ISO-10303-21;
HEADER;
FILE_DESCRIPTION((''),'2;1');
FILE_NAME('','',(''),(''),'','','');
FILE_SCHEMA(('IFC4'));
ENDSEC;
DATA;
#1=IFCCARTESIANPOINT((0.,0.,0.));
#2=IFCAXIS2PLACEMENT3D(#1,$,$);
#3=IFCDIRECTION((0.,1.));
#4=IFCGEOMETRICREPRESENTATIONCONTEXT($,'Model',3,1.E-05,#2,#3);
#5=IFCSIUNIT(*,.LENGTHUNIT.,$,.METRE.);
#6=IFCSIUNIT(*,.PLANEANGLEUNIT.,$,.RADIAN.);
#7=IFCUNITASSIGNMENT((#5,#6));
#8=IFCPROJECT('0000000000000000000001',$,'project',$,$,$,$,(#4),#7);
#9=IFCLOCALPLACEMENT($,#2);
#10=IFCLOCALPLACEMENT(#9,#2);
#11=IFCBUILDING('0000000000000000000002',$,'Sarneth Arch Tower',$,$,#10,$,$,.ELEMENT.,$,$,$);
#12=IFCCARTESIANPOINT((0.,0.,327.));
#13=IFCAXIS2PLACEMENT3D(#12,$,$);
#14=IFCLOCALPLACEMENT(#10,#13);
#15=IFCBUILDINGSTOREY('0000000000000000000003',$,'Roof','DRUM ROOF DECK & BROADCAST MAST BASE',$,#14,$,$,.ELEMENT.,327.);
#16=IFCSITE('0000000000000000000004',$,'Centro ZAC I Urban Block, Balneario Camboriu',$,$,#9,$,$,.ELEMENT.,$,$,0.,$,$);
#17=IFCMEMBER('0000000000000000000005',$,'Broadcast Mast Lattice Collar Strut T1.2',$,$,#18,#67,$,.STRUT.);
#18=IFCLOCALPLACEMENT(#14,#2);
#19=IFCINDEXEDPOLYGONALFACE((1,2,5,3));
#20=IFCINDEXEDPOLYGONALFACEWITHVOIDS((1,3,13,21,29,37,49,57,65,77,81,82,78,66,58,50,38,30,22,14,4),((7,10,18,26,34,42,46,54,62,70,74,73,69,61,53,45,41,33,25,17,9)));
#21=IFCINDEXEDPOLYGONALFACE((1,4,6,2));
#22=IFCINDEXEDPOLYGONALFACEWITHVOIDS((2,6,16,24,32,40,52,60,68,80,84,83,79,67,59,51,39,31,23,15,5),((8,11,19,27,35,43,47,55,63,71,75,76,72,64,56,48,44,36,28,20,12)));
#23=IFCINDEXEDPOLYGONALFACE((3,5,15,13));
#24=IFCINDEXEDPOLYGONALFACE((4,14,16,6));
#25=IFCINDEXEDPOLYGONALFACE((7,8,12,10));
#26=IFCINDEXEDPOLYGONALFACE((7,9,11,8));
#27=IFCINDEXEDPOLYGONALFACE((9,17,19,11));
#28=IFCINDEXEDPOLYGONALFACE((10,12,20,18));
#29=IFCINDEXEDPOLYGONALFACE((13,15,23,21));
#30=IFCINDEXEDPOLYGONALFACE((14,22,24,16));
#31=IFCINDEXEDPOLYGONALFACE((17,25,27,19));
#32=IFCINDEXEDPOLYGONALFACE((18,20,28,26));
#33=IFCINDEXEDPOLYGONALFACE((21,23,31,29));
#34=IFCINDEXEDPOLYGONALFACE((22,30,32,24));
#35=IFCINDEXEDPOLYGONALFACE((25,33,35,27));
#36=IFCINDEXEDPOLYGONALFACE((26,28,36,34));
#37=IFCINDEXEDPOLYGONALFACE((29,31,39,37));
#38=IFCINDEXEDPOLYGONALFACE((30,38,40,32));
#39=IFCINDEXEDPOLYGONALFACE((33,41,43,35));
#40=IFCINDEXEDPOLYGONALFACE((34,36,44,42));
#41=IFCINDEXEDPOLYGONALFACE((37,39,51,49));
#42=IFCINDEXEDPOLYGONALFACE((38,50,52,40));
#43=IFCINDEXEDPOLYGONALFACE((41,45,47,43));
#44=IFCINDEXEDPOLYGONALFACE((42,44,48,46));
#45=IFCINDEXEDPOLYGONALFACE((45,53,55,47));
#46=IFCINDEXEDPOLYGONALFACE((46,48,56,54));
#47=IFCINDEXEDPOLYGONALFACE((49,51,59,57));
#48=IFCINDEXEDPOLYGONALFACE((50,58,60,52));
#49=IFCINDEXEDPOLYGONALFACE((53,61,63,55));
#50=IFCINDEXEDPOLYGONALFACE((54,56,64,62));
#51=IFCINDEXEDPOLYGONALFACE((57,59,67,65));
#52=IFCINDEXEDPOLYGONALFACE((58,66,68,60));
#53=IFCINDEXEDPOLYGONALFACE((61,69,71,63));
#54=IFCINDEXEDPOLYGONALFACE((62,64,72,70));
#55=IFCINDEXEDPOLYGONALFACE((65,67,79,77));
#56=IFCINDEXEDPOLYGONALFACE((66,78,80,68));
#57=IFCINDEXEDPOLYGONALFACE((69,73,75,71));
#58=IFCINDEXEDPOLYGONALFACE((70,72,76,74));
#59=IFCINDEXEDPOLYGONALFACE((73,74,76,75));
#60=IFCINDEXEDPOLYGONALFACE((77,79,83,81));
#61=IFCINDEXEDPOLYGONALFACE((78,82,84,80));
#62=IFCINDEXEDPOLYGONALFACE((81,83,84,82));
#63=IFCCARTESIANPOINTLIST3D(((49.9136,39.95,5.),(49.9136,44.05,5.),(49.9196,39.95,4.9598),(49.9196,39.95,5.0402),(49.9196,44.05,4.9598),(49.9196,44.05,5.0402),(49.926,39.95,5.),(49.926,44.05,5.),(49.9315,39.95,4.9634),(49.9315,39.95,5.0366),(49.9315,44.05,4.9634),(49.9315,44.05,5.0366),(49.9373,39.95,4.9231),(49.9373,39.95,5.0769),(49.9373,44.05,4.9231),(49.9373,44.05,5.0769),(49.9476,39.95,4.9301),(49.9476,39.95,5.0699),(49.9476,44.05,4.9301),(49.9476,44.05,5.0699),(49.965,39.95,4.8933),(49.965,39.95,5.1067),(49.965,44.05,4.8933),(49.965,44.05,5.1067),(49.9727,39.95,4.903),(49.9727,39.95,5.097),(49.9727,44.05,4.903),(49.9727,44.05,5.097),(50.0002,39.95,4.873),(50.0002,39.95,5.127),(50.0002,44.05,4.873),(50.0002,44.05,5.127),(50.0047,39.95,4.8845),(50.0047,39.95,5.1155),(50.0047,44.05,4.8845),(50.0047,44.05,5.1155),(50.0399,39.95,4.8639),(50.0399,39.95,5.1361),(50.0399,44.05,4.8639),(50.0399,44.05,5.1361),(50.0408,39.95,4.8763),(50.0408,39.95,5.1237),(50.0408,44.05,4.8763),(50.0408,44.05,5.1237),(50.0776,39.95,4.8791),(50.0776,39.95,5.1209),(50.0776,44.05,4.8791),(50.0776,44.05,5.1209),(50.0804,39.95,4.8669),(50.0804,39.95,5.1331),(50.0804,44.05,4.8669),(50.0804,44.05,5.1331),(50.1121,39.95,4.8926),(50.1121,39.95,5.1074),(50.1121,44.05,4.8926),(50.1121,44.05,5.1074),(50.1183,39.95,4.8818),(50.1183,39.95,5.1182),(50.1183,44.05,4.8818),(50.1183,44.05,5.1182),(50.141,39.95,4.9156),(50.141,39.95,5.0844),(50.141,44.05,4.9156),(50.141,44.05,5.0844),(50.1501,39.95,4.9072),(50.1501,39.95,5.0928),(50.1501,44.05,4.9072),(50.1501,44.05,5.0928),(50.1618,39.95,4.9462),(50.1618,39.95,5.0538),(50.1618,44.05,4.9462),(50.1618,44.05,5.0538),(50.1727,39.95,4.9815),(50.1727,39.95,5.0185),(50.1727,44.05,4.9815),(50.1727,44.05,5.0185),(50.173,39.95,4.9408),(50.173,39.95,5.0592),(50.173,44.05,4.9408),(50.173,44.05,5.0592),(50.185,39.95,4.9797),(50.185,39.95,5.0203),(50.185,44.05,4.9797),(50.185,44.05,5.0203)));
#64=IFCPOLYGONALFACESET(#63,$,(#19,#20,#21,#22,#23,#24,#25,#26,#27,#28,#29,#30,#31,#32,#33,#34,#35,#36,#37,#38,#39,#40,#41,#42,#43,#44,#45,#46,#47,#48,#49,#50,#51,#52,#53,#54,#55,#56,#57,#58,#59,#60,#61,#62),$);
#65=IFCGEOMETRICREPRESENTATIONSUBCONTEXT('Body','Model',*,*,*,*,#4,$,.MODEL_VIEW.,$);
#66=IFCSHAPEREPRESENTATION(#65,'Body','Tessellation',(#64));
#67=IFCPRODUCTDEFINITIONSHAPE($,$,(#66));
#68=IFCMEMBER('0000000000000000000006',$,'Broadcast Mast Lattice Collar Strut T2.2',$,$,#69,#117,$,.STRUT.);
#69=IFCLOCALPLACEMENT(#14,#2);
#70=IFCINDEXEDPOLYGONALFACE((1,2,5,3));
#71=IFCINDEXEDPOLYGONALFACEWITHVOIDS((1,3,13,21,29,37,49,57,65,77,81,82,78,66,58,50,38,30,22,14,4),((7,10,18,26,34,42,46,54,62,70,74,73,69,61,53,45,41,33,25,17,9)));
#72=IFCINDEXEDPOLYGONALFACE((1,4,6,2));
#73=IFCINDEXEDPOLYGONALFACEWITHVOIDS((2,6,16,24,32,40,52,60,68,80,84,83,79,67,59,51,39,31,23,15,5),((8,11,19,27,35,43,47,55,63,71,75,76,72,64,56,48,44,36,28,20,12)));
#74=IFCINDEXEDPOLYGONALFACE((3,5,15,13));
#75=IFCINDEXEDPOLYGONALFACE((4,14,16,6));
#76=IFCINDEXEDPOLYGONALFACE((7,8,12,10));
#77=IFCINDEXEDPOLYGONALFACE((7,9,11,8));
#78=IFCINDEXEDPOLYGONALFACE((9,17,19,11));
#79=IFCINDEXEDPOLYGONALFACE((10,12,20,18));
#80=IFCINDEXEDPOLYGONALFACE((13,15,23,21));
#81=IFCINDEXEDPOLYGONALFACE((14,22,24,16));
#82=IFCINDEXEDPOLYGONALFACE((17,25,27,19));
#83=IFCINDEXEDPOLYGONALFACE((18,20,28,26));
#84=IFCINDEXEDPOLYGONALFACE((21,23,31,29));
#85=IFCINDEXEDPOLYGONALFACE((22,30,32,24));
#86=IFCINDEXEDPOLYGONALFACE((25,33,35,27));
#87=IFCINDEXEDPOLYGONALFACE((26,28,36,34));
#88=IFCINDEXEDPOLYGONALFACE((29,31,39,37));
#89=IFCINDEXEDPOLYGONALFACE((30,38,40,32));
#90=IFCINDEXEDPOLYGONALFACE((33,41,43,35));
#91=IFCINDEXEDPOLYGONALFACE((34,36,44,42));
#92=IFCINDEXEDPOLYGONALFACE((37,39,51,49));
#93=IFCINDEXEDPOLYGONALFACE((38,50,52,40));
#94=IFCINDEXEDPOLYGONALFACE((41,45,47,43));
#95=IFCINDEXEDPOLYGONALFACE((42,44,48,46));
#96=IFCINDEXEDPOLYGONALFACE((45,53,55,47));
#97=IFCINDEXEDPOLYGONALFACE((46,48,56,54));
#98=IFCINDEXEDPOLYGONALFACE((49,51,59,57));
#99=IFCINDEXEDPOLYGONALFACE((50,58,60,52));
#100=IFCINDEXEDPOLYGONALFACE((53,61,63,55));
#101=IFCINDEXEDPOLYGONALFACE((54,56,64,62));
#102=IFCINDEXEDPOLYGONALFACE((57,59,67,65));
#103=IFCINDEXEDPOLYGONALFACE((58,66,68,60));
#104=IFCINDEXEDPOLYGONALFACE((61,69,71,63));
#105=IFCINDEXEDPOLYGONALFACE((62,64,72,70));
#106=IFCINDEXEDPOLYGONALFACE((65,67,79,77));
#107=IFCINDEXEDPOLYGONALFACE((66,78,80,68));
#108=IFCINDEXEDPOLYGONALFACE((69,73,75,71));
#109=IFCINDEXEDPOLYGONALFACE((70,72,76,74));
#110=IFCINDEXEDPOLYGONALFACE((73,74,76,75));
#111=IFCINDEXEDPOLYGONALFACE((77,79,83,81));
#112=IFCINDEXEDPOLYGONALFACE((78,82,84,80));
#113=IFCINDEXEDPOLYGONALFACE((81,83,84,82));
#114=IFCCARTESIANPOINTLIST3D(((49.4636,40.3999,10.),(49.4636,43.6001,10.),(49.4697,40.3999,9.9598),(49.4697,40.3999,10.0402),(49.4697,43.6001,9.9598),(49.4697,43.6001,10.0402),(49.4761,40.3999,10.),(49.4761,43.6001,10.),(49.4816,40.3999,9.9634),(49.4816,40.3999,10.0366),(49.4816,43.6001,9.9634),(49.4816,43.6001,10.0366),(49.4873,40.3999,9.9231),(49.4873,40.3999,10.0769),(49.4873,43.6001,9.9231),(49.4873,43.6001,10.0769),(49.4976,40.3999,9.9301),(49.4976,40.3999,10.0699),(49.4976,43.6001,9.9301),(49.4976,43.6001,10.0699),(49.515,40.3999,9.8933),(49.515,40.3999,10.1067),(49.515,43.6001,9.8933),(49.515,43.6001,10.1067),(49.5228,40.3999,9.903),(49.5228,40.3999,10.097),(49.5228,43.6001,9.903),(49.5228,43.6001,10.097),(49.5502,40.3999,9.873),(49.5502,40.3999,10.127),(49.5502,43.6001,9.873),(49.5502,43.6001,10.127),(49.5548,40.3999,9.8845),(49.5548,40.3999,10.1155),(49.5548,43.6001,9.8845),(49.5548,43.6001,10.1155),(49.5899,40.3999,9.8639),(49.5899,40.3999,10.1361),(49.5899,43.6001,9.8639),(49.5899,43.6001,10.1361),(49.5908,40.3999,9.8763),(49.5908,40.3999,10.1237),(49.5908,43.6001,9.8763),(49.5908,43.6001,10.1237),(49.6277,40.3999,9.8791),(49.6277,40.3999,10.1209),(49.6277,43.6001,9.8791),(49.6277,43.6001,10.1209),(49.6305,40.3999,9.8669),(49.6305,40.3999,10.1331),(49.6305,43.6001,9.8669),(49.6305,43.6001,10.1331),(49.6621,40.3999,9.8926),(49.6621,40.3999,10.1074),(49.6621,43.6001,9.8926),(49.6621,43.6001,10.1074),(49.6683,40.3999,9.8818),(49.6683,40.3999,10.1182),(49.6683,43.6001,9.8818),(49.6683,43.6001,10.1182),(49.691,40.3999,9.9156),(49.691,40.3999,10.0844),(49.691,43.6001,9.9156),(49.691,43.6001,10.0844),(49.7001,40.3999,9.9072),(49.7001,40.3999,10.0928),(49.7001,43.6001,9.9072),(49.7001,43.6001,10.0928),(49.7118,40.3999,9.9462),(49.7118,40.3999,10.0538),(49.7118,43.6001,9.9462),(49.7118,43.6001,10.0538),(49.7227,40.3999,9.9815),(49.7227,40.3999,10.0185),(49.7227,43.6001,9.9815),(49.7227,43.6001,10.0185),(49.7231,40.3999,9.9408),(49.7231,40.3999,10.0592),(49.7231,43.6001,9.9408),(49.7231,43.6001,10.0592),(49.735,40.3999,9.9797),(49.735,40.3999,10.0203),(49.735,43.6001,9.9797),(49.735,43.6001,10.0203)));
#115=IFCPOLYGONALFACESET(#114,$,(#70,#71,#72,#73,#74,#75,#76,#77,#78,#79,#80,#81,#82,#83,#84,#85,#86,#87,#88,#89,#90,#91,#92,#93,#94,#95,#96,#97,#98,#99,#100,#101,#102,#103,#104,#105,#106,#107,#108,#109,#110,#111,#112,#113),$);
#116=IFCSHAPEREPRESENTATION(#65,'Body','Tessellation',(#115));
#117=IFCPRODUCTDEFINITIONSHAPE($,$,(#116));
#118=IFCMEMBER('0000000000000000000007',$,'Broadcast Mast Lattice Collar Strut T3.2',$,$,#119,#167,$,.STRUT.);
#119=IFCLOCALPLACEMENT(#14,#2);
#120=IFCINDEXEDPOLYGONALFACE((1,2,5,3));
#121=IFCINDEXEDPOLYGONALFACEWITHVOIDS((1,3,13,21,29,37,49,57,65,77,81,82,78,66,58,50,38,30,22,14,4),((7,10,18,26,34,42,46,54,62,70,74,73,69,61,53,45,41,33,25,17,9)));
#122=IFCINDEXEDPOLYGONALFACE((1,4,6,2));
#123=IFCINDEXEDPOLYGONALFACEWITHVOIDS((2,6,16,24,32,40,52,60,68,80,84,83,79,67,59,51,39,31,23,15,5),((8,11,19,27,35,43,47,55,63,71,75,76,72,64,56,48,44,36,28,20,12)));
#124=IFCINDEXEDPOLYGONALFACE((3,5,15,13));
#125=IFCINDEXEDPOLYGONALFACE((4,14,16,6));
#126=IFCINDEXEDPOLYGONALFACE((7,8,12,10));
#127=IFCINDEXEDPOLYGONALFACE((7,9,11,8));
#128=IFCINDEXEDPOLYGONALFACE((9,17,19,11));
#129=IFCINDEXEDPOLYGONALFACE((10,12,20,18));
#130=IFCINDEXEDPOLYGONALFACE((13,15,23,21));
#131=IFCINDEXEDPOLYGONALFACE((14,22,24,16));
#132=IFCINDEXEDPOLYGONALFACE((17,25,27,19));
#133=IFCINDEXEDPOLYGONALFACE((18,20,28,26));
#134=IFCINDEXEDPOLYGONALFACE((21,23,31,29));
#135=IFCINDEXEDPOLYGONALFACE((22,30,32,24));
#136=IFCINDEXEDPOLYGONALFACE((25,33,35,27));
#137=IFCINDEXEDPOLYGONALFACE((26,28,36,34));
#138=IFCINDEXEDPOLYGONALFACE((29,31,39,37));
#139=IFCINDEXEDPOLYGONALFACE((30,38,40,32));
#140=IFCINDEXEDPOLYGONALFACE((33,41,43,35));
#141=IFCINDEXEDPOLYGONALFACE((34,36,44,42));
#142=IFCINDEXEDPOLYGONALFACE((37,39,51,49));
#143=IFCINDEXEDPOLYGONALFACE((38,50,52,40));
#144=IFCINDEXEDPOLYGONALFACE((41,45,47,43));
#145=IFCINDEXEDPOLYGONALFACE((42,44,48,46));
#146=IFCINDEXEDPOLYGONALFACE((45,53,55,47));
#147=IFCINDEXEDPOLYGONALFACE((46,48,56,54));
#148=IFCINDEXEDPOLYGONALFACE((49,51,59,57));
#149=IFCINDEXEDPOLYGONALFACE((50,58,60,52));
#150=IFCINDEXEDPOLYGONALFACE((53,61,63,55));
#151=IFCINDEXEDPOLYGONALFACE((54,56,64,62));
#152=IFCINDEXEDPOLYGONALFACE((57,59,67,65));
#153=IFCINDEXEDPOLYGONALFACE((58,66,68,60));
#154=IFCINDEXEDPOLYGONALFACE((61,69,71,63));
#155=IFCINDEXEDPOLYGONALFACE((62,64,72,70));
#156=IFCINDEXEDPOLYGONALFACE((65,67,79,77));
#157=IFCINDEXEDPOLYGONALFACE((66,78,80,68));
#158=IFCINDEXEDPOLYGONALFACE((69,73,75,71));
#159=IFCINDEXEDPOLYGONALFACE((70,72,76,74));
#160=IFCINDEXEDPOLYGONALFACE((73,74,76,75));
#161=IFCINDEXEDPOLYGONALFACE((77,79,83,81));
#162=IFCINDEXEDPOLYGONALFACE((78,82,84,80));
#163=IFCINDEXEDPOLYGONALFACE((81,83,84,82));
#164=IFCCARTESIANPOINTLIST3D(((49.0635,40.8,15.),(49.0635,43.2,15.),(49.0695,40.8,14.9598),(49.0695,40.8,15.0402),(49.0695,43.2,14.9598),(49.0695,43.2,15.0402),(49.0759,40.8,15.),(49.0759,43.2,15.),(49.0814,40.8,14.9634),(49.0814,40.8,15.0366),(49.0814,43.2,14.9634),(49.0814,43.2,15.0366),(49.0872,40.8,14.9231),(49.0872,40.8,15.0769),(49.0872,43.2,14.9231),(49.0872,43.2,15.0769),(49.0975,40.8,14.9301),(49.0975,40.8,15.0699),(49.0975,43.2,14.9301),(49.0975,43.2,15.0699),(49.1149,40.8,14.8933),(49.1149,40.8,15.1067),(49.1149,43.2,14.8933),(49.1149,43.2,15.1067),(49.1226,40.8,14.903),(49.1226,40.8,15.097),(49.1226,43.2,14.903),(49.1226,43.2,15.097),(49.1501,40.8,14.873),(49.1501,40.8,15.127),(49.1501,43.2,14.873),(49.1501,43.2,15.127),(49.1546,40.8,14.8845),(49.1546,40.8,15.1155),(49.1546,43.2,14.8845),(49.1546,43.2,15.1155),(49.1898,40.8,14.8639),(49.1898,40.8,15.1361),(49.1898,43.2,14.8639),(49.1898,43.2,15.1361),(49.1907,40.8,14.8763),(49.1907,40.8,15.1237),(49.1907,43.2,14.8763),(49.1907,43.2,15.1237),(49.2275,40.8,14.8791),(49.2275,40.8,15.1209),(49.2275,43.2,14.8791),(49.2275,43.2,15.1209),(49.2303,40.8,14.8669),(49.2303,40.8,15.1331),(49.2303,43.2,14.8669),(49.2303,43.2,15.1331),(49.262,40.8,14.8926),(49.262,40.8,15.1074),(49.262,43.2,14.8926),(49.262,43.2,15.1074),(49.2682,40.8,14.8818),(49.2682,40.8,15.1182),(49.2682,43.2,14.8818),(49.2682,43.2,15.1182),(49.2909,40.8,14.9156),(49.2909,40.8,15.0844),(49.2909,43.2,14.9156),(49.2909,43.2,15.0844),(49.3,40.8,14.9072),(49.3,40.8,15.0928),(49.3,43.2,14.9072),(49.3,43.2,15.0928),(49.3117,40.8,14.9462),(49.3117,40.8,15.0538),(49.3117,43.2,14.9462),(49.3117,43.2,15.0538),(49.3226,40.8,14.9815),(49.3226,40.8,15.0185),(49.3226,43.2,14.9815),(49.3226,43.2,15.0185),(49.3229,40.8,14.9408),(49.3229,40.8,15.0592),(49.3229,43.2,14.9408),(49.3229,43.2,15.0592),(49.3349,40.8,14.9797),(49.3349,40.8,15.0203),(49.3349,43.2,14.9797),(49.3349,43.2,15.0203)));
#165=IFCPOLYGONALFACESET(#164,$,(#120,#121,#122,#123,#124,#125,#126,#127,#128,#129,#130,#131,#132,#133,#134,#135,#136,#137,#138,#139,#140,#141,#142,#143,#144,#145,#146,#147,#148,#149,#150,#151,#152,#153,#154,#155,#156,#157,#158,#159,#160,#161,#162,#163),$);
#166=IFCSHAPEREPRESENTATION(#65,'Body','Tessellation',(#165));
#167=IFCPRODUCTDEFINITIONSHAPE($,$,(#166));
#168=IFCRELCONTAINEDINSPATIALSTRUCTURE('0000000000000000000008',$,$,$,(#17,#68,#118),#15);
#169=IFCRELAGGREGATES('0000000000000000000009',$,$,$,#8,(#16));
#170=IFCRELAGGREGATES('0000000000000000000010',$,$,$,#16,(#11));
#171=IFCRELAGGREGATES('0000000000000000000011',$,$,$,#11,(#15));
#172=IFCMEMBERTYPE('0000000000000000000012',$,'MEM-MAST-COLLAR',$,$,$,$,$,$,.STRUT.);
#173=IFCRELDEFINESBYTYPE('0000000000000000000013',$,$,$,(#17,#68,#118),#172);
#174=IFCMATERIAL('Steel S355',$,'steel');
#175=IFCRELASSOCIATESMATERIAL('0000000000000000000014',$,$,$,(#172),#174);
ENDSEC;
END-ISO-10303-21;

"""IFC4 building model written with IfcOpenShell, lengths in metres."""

from ifc_helpers import new_model, si_unit, direction, frame, origin, origin_2d, place, context, subcontext, project, spatial, hollow_circle, extrude, material, material_profile, profile_set, type_object, element, save


model = new_model("IFC4")

# Units and contexts
model_context = context("Model", 3, precision=1e-05, world=origin(), true_north=direction((0.0, 1.0)))
body_context = subcontext(model_context, "Body", "Model", "MODEL_VIEW")
ifc_project = project(units=[si_unit("LENGTHUNIT", "METRE"), si_unit("PLANEANGLEUNIT", "RADIAN")], contexts=[model_context])

# Site, building, storey
site_placement = place(None, origin())
site = spatial("IfcSite", under=ifc_project, at=site_placement, Name="Centro ZAC I Urban Block, Balneario Camboriu", CompositionType="ELEMENT", RefElevation=0.0)
building_placement = place(site_placement, origin())
building = spatial("IfcBuilding", under=site, at=building_placement, Name="Sarneth Arch Tower", CompositionType="ELEMENT")
storey_placement = place(building_placement, frame((0.0, 0.0, 327.0)))
storey = spatial("IfcBuildingStorey", under=building, at=storey_placement, Name="Roof", Description="DRUM ROOF DECK & BROADCAST MAST BASE", CompositionType="ELEMENT", Elevation=327.0)

# Members
ifc_material_1 = material(Name="Steel S355", Category="steel")
ifc_material_profile_1 = material_profile(ifc_material_1, hollow_circle(Radius=0.1365, WallThickness=0.0125, at=origin_2d()), Name="CHS273x12.5")
ifc_profile_set_1 = profile_set([ifc_material_profile_1], Name="Steel S355")
member_type_1 = type_object("IfcMemberType", Name="MEM-MAST-COLLAR", PredefinedType="STRUT", material=ifc_profile_set_1)
member_1_placement = place(storey_placement, frame((50.05, 39.95, 5.0), z_axis=(0.0, 1.0, 0.0), x_axis=(-1.0, 0.0, 0.0)))
element("IfcMember", 1, at=member_1_placement, inside=storey, type_object=member_type_1, Name="Broadcast Mast Lattice Collar Strut T1.2", PredefinedType="STRUT", context=body_context, shape_type="SweptSolid", body=[
    extrude(hollow_circle(Radius=0.1365, WallThickness=0.0125, at=origin_2d()), origin(), (0.0, 0.0, 1.0), 4.1001),
])
member_2_placement = place(storey_placement, frame((49.6001, 40.3999, 10.0), z_axis=(0.0, 1.0, 0.0), x_axis=(-1.0, 0.0, 0.0)))
element("IfcMember", 2, at=member_2_placement, inside=storey, type_object=member_type_1, Name="Broadcast Mast Lattice Collar Strut T2.2", PredefinedType="STRUT", context=body_context, shape_type="SweptSolid", body=[
    extrude(hollow_circle(Radius=0.1365, WallThickness=0.0125, at=origin_2d()), origin(), (0.0, 0.0, 1.0), 3.2002),
])
member_3_placement = place(storey_placement, frame((49.2, 40.8, 15.0), z_axis=(0.0, 1.0, 0.0), x_axis=(-1.0, 0.0, 0.0)))
element("IfcMember", 3, at=member_3_placement, inside=storey, type_object=member_type_1, Name="Broadcast Mast Lattice Collar Strut T3.2", PredefinedType="STRUT", context=body_context, shape_type="SweptSolid", body=[
    extrude(hollow_circle(Radius=0.1365, WallThickness=0.0125, at=origin_2d()), origin(), (0.0, 0.0, 1.0), 2.3999),
])

save(model, "model.ifc")
